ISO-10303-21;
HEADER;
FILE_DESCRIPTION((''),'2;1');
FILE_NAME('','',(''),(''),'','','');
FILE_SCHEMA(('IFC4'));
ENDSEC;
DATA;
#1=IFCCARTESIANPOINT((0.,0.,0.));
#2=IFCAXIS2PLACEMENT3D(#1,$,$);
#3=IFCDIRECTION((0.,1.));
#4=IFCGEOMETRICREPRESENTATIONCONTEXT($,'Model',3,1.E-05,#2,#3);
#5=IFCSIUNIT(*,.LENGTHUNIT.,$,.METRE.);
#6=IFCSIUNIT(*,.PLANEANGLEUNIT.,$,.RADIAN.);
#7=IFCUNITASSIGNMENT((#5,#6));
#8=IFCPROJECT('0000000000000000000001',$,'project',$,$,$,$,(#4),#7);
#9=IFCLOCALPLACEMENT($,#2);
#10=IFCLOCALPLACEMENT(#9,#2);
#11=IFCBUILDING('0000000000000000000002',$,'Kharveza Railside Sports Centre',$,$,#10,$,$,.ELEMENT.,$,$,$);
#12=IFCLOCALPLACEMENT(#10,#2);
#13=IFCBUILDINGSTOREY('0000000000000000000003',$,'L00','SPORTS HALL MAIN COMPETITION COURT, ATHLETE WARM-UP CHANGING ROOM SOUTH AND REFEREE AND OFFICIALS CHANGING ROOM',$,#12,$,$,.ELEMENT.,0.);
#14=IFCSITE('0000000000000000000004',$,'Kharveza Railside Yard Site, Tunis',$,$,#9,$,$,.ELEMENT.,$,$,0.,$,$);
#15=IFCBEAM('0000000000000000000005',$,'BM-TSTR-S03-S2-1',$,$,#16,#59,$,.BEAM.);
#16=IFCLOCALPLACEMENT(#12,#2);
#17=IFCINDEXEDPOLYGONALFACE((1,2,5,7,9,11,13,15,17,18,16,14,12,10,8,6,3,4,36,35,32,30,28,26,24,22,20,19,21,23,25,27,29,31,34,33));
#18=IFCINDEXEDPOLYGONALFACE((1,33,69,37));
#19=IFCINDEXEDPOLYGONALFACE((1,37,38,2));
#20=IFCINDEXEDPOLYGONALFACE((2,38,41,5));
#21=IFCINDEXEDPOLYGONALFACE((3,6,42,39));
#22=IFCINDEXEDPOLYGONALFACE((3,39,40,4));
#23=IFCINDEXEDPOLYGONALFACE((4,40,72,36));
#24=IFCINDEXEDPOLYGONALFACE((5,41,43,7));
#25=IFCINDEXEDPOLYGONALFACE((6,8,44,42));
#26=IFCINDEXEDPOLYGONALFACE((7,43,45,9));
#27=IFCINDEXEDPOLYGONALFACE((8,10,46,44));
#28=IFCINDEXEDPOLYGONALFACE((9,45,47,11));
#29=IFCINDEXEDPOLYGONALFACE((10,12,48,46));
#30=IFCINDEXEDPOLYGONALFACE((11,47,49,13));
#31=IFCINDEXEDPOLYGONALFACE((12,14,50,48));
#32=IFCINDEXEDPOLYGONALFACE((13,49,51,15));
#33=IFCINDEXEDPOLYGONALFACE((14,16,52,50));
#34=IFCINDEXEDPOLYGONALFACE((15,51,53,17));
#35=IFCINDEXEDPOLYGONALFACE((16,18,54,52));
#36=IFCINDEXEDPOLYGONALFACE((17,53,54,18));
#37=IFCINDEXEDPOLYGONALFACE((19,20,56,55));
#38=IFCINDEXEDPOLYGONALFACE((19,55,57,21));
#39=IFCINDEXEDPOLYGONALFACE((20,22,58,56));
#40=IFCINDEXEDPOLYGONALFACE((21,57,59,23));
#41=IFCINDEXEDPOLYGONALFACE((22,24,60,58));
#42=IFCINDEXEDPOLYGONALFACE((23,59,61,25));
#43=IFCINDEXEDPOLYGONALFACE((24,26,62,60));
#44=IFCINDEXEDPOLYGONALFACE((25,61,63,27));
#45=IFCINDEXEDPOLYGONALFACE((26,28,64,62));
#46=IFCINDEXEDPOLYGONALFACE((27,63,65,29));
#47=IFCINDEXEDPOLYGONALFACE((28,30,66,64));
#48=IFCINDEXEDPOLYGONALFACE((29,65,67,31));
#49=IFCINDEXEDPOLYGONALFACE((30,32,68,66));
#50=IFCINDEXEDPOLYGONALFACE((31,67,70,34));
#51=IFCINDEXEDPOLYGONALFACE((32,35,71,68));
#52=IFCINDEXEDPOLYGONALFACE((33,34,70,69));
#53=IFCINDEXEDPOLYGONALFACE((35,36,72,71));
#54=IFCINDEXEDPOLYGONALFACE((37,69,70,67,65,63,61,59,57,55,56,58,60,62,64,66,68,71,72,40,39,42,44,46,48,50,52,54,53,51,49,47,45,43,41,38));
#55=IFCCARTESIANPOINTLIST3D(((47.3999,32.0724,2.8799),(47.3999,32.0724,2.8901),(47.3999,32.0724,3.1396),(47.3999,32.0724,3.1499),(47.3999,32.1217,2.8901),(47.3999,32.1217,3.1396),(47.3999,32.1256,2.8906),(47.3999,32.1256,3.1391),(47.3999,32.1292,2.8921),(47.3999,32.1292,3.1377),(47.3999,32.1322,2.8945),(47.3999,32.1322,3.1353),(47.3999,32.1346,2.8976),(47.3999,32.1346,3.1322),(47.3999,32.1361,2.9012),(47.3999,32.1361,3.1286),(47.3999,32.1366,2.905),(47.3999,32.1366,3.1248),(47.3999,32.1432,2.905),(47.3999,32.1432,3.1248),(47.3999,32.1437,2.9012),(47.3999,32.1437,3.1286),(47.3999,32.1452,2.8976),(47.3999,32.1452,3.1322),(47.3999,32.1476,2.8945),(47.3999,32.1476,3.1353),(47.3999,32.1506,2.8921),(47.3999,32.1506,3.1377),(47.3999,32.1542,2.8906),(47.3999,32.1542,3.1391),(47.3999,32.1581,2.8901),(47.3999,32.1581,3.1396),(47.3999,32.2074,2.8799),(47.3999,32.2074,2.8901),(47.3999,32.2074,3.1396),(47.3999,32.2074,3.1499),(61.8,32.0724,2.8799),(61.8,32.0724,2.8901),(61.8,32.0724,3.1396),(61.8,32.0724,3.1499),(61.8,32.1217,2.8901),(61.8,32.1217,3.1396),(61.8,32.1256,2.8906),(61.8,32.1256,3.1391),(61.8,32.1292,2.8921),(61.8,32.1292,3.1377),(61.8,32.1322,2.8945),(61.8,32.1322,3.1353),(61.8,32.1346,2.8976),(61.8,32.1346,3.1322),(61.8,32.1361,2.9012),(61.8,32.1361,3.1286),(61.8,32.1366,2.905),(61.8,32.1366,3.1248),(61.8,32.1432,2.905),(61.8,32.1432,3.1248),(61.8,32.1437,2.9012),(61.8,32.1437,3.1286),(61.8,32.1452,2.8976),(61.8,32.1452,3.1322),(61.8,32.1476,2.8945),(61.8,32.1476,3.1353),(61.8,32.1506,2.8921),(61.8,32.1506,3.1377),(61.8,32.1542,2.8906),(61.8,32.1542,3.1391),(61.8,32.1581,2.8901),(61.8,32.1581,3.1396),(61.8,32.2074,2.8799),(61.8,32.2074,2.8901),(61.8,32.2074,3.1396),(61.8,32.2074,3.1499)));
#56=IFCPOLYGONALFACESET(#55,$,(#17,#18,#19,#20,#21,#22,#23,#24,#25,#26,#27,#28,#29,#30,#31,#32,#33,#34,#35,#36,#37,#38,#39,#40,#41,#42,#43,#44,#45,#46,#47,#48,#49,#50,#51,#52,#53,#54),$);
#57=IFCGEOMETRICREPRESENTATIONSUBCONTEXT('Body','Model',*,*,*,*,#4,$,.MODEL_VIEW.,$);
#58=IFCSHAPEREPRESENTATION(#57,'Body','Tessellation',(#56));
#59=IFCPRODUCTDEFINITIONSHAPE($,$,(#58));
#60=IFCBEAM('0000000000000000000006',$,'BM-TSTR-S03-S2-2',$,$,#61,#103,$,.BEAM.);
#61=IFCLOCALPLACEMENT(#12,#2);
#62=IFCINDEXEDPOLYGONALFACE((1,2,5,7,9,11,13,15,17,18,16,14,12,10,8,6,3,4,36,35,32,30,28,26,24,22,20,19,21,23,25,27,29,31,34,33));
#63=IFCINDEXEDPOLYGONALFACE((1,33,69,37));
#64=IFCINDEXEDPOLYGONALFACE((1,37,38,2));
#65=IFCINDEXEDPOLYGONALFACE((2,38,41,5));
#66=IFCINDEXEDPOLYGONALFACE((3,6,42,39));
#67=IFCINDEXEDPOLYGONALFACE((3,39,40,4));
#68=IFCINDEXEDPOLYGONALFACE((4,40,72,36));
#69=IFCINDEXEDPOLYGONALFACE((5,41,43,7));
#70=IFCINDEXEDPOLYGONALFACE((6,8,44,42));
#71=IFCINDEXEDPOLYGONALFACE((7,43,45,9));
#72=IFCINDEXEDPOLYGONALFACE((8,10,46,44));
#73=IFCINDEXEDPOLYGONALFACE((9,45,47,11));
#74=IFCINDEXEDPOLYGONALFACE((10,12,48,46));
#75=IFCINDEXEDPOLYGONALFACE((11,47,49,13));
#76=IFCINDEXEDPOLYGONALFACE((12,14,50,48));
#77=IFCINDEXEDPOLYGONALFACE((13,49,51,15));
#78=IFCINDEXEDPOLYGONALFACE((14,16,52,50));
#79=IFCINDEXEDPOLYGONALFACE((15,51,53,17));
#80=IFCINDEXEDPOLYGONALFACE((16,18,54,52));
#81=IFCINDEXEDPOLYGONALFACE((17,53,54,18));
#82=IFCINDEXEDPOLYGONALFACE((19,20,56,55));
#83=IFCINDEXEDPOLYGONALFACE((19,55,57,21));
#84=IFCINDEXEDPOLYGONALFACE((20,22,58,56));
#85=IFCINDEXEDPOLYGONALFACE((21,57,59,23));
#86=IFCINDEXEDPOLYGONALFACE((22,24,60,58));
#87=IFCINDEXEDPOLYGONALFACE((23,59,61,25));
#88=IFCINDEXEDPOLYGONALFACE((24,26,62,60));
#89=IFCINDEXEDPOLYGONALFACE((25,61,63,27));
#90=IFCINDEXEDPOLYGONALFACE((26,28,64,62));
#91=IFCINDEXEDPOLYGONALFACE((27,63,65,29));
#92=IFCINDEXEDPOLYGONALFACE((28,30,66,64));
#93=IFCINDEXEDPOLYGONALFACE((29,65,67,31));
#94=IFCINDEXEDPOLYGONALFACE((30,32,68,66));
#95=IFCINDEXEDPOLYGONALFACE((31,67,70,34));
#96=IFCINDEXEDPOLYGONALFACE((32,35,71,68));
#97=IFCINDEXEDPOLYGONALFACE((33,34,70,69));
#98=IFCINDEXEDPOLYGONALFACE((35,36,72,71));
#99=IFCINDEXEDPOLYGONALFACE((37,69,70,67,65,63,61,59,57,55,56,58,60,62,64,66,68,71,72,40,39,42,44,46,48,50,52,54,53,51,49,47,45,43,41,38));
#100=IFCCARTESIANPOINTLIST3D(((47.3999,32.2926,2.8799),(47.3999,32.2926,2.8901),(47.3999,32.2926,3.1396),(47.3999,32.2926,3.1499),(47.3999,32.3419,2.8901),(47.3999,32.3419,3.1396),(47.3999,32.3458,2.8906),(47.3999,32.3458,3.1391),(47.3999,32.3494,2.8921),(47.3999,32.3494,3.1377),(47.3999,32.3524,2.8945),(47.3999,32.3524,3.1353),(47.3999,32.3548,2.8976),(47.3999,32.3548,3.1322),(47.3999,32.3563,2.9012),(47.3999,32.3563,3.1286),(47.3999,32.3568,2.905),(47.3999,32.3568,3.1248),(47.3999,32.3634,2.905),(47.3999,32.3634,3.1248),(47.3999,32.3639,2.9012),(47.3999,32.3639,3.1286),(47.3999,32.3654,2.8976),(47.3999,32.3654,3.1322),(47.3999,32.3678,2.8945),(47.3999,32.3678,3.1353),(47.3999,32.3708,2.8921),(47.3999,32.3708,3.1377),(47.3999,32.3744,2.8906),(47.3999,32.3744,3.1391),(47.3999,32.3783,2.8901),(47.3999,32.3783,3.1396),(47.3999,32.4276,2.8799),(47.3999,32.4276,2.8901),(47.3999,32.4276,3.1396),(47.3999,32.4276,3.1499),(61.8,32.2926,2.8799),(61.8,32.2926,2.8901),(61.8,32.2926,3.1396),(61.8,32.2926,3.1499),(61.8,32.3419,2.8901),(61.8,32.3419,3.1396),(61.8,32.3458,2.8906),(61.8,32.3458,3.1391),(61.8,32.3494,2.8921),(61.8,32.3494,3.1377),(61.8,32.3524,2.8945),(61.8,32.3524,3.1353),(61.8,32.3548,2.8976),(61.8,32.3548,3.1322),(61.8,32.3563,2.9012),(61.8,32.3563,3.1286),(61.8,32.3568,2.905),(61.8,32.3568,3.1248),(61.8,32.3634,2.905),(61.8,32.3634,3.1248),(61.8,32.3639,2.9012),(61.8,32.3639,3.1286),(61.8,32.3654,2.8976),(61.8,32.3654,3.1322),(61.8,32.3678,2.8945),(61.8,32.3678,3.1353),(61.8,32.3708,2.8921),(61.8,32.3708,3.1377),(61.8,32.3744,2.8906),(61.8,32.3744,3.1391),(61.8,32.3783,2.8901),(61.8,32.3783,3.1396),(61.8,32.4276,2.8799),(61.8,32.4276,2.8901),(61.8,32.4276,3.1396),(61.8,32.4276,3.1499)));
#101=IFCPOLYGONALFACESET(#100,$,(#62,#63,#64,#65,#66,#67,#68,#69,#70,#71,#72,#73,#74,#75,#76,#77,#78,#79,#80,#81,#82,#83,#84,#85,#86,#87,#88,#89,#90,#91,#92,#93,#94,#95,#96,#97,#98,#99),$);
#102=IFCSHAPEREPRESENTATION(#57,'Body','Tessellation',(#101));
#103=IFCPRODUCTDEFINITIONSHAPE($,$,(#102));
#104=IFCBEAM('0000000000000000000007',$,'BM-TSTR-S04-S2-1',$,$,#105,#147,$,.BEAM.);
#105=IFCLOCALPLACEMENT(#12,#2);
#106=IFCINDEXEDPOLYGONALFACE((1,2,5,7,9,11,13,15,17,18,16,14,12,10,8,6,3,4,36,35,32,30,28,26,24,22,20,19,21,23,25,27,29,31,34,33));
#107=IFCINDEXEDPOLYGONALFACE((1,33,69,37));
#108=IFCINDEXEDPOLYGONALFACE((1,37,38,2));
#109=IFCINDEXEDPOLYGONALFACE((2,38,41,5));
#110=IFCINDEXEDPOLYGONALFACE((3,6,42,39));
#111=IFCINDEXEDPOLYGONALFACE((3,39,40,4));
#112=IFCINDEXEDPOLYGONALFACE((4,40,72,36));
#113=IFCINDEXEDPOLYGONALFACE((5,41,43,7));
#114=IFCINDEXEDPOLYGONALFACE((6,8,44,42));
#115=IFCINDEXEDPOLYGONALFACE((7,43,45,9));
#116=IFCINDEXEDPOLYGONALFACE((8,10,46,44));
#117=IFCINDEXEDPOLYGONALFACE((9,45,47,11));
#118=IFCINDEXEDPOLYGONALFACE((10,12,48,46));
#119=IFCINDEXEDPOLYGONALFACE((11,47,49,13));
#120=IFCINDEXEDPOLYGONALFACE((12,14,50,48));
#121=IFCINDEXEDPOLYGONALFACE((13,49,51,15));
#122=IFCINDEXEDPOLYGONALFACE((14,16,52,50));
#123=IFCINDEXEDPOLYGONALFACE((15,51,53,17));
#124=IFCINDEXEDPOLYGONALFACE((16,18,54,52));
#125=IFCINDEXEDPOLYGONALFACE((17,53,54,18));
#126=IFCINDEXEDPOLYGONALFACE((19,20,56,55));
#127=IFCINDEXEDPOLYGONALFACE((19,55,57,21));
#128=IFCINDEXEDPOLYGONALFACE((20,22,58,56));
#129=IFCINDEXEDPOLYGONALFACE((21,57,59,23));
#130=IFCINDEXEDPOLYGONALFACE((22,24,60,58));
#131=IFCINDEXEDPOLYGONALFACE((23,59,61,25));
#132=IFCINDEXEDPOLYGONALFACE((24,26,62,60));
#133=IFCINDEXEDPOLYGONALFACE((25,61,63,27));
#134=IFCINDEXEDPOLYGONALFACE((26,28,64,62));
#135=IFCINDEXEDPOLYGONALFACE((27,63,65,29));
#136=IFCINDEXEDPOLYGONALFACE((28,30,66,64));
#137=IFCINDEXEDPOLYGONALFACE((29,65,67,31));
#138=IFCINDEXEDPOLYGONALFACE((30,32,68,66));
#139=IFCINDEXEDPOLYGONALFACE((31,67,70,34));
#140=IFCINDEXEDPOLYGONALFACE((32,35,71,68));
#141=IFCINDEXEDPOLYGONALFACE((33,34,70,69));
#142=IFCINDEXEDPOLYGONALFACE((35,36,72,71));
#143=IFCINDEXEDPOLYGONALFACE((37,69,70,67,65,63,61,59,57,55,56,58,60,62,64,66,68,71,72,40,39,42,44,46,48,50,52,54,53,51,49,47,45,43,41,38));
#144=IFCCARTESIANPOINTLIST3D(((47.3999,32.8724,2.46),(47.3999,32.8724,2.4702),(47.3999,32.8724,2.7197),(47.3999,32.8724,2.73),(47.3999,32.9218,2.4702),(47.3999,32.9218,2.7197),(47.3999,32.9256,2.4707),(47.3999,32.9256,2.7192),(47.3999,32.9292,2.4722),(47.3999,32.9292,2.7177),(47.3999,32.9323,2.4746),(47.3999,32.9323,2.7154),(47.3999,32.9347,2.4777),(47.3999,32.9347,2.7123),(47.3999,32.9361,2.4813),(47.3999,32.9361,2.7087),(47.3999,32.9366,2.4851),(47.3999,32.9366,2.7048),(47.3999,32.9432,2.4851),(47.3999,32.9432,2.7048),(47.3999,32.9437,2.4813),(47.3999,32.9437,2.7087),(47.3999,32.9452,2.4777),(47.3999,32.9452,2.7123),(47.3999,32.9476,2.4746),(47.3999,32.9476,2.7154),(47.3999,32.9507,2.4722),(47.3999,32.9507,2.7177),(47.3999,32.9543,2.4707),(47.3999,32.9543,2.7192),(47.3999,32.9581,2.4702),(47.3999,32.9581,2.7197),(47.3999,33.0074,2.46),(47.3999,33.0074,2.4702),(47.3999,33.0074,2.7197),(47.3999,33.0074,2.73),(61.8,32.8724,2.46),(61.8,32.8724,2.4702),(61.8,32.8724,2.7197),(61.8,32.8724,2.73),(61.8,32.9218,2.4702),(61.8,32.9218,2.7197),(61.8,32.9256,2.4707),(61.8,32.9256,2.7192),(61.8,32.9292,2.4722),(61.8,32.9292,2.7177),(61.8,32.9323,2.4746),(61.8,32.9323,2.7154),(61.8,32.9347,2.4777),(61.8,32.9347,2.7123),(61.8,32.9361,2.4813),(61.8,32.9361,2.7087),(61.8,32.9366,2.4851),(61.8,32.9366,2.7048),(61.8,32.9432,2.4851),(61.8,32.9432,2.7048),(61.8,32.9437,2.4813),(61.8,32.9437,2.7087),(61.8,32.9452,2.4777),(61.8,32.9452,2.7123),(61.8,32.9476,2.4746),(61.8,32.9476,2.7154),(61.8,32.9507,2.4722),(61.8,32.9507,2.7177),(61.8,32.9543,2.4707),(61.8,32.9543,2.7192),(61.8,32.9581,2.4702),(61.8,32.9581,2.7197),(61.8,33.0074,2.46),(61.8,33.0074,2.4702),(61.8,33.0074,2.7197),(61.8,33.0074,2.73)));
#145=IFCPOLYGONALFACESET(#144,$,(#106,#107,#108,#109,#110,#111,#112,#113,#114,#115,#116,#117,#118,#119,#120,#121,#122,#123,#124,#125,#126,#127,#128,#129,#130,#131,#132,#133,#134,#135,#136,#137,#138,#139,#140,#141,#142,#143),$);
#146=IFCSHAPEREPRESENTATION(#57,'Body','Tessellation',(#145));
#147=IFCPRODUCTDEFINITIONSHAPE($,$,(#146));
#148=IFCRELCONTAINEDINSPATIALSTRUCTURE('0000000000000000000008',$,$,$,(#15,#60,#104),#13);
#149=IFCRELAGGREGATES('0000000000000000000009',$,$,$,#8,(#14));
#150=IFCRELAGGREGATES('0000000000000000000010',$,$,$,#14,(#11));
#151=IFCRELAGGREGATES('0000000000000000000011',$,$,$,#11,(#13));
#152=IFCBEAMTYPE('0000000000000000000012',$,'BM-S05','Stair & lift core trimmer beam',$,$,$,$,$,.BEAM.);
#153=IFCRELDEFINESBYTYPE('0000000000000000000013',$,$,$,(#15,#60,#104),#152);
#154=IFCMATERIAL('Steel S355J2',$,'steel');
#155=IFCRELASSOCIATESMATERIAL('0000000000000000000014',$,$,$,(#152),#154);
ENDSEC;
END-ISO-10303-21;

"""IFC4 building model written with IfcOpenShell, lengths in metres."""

from ifc_helpers import new_model, si_unit, direction, frame, origin, origin_2d, place, context, subcontext, project, spatial, i_section, extrude, material, material_profile, profile_set, type_object, element, save


model = new_model("IFC4")

# Units and contexts
model_context = context("Model", 3, precision=1e-05, world=origin(), true_north=direction((0.0, 1.0)))
body_context = subcontext(model_context, "Body", "Model", "MODEL_VIEW")
ifc_project = project(units=[si_unit("LENGTHUNIT", "METRE"), si_unit("PLANEANGLEUNIT", "RADIAN")], contexts=[model_context])

# Site, building, storey
site_placement = place(None, origin())
site = spatial("IfcSite", under=ifc_project, at=site_placement, Name="Kharveza Railside Yard Site, Tunis", CompositionType="ELEMENT", RefElevation=0.0)
building_placement = place(site_placement, origin())
building = spatial("IfcBuilding", under=site, at=building_placement, Name="Kharveza Railside Sports Centre", CompositionType="ELEMENT")
storey_placement = place(building_placement, origin())
storey = spatial("IfcBuildingStorey", under=building, at=storey_placement, Name="L00", Description="SPORTS HALL MAIN COMPETITION COURT, ATHLETE WARM-UP CHANGING ROOM SOUTH AND REFEREE AND OFFICIALS CHANGING ROOM", CompositionType="ELEMENT", Elevation=0.0)

# Shared definitions
ifc_material_1 = material(Name="Steel S355J2", Category="steel")

# Beams
ifc_material_profile_1 = material_profile(ifc_material_1, i_section(OverallWidth=0.135, OverallDepth=0.27, WebThickness=0.0066, FlangeThickness=0.0103, FilletRadius=0.0149, at=origin_2d()), Name="IPE 270")
ifc_profile_set_1 = profile_set([ifc_material_profile_1], Name="Steel S355J2")
beam_type_1 = type_object("IfcBeamType", Name="BM-S05", Description="Stair & lift core trimmer beam", PredefinedType="BEAM", material=ifc_profile_set_1)
for number, where, z_axis, x_axis, name in (
    (1, (47.3999, 32.1399, 3.0149), (1.0, 0.0, 0.0), (0.0, 1.0, 0.0), "BM-TSTR-S03-S2-1"),
    (2, (47.3999, 32.3601, 3.0149), (1.0, 0.0, 0.0), (0.0, 1.0, 0.0), "BM-TSTR-S03-S2-2"),
    (3, (47.3999, 32.9399, 2.595), (1.0, 0.0, 0.0), (0.0, 1.0, 0.0), "BM-TSTR-S04-S2-1"),
):
    element("IfcBeam", number, at=place(storey_placement, frame(where, z_axis=z_axis, x_axis=x_axis)), inside=storey, type_object=beam_type_1, Name=name, PredefinedType="BEAM", context=body_context, shape_type="SweptSolid", body=[
        extrude(i_section(OverallWidth=0.135, OverallDepth=0.27, WebThickness=0.0066, FlangeThickness=0.0103, FilletRadius=0.0149, at=origin_2d()), origin(), (0.0, 0.0, 1.0), 14.4001),
    ])

save(model, "model.ifc")
